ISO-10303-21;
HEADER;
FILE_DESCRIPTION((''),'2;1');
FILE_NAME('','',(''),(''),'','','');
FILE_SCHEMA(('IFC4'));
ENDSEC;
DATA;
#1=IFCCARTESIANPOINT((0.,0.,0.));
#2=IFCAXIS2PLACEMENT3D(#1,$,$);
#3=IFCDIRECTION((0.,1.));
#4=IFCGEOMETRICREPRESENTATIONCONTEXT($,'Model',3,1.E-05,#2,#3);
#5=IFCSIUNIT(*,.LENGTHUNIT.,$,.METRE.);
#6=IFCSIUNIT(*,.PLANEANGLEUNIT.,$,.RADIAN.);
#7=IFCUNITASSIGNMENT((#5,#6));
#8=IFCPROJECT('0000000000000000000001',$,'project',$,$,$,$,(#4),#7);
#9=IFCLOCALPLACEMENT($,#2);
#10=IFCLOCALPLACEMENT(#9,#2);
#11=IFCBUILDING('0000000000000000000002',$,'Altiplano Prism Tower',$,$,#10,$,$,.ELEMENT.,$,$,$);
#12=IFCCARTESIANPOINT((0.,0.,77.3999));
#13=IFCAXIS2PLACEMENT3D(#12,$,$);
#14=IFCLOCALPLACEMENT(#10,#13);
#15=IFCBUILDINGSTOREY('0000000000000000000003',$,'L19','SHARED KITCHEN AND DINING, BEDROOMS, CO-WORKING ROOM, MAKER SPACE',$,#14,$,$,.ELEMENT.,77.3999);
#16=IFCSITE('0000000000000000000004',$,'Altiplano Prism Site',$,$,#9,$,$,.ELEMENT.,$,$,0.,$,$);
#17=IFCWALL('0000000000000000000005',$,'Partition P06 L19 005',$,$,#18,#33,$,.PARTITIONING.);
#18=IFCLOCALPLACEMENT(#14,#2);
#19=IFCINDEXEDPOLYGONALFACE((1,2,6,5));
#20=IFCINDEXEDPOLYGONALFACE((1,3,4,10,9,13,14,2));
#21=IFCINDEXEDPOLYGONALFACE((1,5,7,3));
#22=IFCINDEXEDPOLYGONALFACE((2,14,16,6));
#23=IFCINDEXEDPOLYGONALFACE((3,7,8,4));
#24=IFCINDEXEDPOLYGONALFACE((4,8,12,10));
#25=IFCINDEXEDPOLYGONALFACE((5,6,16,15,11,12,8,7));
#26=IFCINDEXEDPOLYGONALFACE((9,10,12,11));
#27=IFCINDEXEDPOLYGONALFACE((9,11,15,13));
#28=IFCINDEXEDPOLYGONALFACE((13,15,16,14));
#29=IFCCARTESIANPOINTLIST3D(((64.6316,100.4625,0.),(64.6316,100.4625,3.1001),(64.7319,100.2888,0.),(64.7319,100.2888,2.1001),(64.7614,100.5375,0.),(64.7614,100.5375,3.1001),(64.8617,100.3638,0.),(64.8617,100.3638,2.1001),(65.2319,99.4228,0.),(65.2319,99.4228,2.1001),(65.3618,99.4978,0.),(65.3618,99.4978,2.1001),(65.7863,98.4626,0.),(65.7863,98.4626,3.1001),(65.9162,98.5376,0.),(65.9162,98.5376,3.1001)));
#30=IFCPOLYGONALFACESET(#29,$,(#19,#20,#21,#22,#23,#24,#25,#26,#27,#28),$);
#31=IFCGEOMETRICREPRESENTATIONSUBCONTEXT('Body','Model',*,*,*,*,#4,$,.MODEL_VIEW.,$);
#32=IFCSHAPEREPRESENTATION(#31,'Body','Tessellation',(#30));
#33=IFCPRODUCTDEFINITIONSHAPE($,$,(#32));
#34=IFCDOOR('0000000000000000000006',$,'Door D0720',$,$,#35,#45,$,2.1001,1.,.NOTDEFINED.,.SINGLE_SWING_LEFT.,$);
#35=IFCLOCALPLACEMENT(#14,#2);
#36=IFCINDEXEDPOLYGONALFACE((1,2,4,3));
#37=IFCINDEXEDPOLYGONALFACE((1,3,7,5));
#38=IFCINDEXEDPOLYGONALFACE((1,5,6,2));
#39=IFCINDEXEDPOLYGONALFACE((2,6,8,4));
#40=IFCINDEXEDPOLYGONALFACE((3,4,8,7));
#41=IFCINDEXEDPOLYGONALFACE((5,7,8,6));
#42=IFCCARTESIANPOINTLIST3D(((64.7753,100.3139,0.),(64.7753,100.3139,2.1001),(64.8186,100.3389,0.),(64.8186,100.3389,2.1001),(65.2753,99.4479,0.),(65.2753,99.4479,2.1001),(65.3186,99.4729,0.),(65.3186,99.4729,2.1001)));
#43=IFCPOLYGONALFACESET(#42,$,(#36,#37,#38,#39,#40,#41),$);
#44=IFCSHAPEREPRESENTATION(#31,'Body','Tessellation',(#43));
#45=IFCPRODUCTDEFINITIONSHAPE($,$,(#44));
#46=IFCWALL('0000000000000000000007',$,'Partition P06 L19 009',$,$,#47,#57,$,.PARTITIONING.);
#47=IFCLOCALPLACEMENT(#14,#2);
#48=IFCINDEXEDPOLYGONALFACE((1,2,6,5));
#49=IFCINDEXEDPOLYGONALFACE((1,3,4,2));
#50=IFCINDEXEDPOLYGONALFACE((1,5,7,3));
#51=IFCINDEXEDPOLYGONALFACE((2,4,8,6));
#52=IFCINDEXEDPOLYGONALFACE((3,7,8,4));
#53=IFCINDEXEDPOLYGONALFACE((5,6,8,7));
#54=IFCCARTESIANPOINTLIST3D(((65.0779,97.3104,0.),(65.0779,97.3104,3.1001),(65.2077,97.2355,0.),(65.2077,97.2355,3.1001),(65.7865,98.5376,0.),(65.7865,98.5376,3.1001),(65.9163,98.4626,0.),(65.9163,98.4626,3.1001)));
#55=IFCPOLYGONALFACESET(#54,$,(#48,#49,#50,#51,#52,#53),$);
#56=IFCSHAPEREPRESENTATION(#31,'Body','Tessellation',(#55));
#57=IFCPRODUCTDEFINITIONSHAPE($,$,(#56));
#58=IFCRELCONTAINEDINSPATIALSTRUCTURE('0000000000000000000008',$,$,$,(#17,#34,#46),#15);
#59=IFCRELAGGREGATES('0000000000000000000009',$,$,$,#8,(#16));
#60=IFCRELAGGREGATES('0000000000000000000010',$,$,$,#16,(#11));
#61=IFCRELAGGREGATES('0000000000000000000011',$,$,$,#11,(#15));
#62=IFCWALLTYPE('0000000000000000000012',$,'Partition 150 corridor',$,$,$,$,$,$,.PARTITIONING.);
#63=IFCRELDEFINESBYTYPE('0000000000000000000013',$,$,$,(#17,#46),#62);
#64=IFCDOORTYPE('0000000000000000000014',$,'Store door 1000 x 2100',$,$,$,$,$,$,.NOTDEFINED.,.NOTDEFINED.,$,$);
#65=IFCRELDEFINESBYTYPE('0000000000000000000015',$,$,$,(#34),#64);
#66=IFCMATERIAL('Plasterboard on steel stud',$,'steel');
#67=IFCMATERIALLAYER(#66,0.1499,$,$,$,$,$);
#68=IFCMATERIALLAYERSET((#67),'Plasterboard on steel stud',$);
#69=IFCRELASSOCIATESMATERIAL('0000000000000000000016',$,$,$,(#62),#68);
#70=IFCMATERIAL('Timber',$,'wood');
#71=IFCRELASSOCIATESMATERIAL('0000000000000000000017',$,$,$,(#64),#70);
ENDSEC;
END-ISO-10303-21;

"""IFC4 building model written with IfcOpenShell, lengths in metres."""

from ifc_helpers import new_model, si_unit, direction, frame, frame_2d, origin, place, context, subcontext, project, spatial, rectangle, extrude, material, layer, layer_set, type_object, element, fill, save


model = new_model("IFC4")

# Units and contexts
model_context = context("Model", 3, precision=1e-05, world=origin(), true_north=direction((0.0, 1.0)))
body_context = subcontext(model_context, "Body", "Model", "MODEL_VIEW")
ifc_project = project(units=[si_unit("LENGTHUNIT", "METRE"), si_unit("PLANEANGLEUNIT", "RADIAN")], contexts=[model_context])

# Site, building, storey
site_placement = place(None, origin())
site = spatial("IfcSite", under=ifc_project, at=site_placement, Name="Altiplano Prism Site", CompositionType="ELEMENT", RefElevation=0.0)
building_placement = place(site_placement, origin())
building = spatial("IfcBuilding", under=site, at=building_placement, Name="Altiplano Prism Tower", CompositionType="ELEMENT")
storey_placement = place(building_placement, frame((0.0, 0.0, 77.3999)))
storey = spatial("IfcBuildingStorey", under=building, at=storey_placement, Name="L19", Description="SHARED KITCHEN AND DINING, BEDROOMS, CO-WORKING ROOM, MAKER SPACE", CompositionType="ELEMENT", Elevation=77.3999)

# Shared definitions
ifc_material_1 = material(Name="Plasterboard on steel stud", Category="steel")

# Shared definitions
ifc_layer_1 = layer(ifc_material_1, 0.1499)
ifc_layer_set_1 = layer_set([ifc_layer_1], Name="Plasterboard on steel stud")
wall_type_1 = type_object("IfcWallType", Name="Partition 150 corridor", PredefinedType="PARTITIONING", material=ifc_layer_set_1)
ifc_material_2 = material(Name="Timber", Category="wood")

# Wall, opening, door
wall_1_placement = place(storey_placement, frame((65.8513, 98.5, 0.0), z_axis=(0.0, 0.0, 1.0), x_axis=(-0.500027, 0.86601, 0.0)))
wall_1 = element("IfcWall", 1, at=wall_1_placement, inside=storey, type_object=wall_type_1, Name="Partition P06 L19 005", PredefinedType="PARTITIONING", context=body_context, shape_type="SweptSolid", body=[
    extrude(rectangle(XDim=2.3093, YDim=0.1499, at=frame_2d((1.1548, 0.0))), origin(), (0.0, 0.0, 1.0), 3.1001),
])
opening_1_placement = place(wall_1_placement, frame((1.1089, 0.0, 0.0)))
opening_1 = element("IfcOpeningElement", 2, at=opening_1_placement, cuts=wall_1, PredefinedType="OPENING", context=body_context, shape_type="SweptSolid", body=[
    extrude(rectangle(XDim=1.0, YDim=2.1001, at=frame_2d((0.5, 1.05))), frame((0.0, 0.0854, 0.0), z_axis=(0.0, -1.0, 0.0), x_axis=(1.0, 0.0, 0.0)), (0.0, 0.0, 1.0), 0.1709),
])
door_type_1 = type_object("IfcDoorType", Name="Store door 1000 x 2100", OperationType="NOTDEFINED", PredefinedType="NOTDEFINED", material=ifc_material_2)
door_1_placement = place(opening_1_placement, origin())
door_1 = element("IfcDoor", 3, at=door_1_placement, inside=storey, type_object=door_type_1, Name="Door D0720", OperationType="SINGLE_SWING_LEFT", OverallHeight=2.1001, OverallWidth=1.0, PredefinedType="NOTDEFINED", context=body_context, shape_type="SweptSolid", body=[
    extrude(rectangle(XDim=1.0, YDim=2.1001, at=frame_2d((0.5, 1.05))), frame((0.0, 0.0249, 0.0), z_axis=(0.0, -1.0, 0.0), x_axis=(1.0, 0.0, 0.0)), (0.0, 0.0, 1.0), 0.05),
])
fill(opening_1, door_1)

# Wall
wall_2_placement = place(storey_placement, frame((65.1428, 97.2729, 0.0), z_axis=(0.0, 0.0, 1.0), x_axis=(0.500031, 0.866008, 0.0)))
element("IfcWall", 4, at=wall_2_placement, inside=storey, type_object=wall_type_1, Name="Partition P06 L19 009", PredefinedType="PARTITIONING", context=body_context, shape_type="SweptSolid", body=[
    extrude(rectangle(XDim=1.417, YDim=0.1499, at=frame_2d((0.7085, 0.0))), origin(), (0.0, 0.0, 1.0), 3.1001),
])

save(model, "model.ifc")
